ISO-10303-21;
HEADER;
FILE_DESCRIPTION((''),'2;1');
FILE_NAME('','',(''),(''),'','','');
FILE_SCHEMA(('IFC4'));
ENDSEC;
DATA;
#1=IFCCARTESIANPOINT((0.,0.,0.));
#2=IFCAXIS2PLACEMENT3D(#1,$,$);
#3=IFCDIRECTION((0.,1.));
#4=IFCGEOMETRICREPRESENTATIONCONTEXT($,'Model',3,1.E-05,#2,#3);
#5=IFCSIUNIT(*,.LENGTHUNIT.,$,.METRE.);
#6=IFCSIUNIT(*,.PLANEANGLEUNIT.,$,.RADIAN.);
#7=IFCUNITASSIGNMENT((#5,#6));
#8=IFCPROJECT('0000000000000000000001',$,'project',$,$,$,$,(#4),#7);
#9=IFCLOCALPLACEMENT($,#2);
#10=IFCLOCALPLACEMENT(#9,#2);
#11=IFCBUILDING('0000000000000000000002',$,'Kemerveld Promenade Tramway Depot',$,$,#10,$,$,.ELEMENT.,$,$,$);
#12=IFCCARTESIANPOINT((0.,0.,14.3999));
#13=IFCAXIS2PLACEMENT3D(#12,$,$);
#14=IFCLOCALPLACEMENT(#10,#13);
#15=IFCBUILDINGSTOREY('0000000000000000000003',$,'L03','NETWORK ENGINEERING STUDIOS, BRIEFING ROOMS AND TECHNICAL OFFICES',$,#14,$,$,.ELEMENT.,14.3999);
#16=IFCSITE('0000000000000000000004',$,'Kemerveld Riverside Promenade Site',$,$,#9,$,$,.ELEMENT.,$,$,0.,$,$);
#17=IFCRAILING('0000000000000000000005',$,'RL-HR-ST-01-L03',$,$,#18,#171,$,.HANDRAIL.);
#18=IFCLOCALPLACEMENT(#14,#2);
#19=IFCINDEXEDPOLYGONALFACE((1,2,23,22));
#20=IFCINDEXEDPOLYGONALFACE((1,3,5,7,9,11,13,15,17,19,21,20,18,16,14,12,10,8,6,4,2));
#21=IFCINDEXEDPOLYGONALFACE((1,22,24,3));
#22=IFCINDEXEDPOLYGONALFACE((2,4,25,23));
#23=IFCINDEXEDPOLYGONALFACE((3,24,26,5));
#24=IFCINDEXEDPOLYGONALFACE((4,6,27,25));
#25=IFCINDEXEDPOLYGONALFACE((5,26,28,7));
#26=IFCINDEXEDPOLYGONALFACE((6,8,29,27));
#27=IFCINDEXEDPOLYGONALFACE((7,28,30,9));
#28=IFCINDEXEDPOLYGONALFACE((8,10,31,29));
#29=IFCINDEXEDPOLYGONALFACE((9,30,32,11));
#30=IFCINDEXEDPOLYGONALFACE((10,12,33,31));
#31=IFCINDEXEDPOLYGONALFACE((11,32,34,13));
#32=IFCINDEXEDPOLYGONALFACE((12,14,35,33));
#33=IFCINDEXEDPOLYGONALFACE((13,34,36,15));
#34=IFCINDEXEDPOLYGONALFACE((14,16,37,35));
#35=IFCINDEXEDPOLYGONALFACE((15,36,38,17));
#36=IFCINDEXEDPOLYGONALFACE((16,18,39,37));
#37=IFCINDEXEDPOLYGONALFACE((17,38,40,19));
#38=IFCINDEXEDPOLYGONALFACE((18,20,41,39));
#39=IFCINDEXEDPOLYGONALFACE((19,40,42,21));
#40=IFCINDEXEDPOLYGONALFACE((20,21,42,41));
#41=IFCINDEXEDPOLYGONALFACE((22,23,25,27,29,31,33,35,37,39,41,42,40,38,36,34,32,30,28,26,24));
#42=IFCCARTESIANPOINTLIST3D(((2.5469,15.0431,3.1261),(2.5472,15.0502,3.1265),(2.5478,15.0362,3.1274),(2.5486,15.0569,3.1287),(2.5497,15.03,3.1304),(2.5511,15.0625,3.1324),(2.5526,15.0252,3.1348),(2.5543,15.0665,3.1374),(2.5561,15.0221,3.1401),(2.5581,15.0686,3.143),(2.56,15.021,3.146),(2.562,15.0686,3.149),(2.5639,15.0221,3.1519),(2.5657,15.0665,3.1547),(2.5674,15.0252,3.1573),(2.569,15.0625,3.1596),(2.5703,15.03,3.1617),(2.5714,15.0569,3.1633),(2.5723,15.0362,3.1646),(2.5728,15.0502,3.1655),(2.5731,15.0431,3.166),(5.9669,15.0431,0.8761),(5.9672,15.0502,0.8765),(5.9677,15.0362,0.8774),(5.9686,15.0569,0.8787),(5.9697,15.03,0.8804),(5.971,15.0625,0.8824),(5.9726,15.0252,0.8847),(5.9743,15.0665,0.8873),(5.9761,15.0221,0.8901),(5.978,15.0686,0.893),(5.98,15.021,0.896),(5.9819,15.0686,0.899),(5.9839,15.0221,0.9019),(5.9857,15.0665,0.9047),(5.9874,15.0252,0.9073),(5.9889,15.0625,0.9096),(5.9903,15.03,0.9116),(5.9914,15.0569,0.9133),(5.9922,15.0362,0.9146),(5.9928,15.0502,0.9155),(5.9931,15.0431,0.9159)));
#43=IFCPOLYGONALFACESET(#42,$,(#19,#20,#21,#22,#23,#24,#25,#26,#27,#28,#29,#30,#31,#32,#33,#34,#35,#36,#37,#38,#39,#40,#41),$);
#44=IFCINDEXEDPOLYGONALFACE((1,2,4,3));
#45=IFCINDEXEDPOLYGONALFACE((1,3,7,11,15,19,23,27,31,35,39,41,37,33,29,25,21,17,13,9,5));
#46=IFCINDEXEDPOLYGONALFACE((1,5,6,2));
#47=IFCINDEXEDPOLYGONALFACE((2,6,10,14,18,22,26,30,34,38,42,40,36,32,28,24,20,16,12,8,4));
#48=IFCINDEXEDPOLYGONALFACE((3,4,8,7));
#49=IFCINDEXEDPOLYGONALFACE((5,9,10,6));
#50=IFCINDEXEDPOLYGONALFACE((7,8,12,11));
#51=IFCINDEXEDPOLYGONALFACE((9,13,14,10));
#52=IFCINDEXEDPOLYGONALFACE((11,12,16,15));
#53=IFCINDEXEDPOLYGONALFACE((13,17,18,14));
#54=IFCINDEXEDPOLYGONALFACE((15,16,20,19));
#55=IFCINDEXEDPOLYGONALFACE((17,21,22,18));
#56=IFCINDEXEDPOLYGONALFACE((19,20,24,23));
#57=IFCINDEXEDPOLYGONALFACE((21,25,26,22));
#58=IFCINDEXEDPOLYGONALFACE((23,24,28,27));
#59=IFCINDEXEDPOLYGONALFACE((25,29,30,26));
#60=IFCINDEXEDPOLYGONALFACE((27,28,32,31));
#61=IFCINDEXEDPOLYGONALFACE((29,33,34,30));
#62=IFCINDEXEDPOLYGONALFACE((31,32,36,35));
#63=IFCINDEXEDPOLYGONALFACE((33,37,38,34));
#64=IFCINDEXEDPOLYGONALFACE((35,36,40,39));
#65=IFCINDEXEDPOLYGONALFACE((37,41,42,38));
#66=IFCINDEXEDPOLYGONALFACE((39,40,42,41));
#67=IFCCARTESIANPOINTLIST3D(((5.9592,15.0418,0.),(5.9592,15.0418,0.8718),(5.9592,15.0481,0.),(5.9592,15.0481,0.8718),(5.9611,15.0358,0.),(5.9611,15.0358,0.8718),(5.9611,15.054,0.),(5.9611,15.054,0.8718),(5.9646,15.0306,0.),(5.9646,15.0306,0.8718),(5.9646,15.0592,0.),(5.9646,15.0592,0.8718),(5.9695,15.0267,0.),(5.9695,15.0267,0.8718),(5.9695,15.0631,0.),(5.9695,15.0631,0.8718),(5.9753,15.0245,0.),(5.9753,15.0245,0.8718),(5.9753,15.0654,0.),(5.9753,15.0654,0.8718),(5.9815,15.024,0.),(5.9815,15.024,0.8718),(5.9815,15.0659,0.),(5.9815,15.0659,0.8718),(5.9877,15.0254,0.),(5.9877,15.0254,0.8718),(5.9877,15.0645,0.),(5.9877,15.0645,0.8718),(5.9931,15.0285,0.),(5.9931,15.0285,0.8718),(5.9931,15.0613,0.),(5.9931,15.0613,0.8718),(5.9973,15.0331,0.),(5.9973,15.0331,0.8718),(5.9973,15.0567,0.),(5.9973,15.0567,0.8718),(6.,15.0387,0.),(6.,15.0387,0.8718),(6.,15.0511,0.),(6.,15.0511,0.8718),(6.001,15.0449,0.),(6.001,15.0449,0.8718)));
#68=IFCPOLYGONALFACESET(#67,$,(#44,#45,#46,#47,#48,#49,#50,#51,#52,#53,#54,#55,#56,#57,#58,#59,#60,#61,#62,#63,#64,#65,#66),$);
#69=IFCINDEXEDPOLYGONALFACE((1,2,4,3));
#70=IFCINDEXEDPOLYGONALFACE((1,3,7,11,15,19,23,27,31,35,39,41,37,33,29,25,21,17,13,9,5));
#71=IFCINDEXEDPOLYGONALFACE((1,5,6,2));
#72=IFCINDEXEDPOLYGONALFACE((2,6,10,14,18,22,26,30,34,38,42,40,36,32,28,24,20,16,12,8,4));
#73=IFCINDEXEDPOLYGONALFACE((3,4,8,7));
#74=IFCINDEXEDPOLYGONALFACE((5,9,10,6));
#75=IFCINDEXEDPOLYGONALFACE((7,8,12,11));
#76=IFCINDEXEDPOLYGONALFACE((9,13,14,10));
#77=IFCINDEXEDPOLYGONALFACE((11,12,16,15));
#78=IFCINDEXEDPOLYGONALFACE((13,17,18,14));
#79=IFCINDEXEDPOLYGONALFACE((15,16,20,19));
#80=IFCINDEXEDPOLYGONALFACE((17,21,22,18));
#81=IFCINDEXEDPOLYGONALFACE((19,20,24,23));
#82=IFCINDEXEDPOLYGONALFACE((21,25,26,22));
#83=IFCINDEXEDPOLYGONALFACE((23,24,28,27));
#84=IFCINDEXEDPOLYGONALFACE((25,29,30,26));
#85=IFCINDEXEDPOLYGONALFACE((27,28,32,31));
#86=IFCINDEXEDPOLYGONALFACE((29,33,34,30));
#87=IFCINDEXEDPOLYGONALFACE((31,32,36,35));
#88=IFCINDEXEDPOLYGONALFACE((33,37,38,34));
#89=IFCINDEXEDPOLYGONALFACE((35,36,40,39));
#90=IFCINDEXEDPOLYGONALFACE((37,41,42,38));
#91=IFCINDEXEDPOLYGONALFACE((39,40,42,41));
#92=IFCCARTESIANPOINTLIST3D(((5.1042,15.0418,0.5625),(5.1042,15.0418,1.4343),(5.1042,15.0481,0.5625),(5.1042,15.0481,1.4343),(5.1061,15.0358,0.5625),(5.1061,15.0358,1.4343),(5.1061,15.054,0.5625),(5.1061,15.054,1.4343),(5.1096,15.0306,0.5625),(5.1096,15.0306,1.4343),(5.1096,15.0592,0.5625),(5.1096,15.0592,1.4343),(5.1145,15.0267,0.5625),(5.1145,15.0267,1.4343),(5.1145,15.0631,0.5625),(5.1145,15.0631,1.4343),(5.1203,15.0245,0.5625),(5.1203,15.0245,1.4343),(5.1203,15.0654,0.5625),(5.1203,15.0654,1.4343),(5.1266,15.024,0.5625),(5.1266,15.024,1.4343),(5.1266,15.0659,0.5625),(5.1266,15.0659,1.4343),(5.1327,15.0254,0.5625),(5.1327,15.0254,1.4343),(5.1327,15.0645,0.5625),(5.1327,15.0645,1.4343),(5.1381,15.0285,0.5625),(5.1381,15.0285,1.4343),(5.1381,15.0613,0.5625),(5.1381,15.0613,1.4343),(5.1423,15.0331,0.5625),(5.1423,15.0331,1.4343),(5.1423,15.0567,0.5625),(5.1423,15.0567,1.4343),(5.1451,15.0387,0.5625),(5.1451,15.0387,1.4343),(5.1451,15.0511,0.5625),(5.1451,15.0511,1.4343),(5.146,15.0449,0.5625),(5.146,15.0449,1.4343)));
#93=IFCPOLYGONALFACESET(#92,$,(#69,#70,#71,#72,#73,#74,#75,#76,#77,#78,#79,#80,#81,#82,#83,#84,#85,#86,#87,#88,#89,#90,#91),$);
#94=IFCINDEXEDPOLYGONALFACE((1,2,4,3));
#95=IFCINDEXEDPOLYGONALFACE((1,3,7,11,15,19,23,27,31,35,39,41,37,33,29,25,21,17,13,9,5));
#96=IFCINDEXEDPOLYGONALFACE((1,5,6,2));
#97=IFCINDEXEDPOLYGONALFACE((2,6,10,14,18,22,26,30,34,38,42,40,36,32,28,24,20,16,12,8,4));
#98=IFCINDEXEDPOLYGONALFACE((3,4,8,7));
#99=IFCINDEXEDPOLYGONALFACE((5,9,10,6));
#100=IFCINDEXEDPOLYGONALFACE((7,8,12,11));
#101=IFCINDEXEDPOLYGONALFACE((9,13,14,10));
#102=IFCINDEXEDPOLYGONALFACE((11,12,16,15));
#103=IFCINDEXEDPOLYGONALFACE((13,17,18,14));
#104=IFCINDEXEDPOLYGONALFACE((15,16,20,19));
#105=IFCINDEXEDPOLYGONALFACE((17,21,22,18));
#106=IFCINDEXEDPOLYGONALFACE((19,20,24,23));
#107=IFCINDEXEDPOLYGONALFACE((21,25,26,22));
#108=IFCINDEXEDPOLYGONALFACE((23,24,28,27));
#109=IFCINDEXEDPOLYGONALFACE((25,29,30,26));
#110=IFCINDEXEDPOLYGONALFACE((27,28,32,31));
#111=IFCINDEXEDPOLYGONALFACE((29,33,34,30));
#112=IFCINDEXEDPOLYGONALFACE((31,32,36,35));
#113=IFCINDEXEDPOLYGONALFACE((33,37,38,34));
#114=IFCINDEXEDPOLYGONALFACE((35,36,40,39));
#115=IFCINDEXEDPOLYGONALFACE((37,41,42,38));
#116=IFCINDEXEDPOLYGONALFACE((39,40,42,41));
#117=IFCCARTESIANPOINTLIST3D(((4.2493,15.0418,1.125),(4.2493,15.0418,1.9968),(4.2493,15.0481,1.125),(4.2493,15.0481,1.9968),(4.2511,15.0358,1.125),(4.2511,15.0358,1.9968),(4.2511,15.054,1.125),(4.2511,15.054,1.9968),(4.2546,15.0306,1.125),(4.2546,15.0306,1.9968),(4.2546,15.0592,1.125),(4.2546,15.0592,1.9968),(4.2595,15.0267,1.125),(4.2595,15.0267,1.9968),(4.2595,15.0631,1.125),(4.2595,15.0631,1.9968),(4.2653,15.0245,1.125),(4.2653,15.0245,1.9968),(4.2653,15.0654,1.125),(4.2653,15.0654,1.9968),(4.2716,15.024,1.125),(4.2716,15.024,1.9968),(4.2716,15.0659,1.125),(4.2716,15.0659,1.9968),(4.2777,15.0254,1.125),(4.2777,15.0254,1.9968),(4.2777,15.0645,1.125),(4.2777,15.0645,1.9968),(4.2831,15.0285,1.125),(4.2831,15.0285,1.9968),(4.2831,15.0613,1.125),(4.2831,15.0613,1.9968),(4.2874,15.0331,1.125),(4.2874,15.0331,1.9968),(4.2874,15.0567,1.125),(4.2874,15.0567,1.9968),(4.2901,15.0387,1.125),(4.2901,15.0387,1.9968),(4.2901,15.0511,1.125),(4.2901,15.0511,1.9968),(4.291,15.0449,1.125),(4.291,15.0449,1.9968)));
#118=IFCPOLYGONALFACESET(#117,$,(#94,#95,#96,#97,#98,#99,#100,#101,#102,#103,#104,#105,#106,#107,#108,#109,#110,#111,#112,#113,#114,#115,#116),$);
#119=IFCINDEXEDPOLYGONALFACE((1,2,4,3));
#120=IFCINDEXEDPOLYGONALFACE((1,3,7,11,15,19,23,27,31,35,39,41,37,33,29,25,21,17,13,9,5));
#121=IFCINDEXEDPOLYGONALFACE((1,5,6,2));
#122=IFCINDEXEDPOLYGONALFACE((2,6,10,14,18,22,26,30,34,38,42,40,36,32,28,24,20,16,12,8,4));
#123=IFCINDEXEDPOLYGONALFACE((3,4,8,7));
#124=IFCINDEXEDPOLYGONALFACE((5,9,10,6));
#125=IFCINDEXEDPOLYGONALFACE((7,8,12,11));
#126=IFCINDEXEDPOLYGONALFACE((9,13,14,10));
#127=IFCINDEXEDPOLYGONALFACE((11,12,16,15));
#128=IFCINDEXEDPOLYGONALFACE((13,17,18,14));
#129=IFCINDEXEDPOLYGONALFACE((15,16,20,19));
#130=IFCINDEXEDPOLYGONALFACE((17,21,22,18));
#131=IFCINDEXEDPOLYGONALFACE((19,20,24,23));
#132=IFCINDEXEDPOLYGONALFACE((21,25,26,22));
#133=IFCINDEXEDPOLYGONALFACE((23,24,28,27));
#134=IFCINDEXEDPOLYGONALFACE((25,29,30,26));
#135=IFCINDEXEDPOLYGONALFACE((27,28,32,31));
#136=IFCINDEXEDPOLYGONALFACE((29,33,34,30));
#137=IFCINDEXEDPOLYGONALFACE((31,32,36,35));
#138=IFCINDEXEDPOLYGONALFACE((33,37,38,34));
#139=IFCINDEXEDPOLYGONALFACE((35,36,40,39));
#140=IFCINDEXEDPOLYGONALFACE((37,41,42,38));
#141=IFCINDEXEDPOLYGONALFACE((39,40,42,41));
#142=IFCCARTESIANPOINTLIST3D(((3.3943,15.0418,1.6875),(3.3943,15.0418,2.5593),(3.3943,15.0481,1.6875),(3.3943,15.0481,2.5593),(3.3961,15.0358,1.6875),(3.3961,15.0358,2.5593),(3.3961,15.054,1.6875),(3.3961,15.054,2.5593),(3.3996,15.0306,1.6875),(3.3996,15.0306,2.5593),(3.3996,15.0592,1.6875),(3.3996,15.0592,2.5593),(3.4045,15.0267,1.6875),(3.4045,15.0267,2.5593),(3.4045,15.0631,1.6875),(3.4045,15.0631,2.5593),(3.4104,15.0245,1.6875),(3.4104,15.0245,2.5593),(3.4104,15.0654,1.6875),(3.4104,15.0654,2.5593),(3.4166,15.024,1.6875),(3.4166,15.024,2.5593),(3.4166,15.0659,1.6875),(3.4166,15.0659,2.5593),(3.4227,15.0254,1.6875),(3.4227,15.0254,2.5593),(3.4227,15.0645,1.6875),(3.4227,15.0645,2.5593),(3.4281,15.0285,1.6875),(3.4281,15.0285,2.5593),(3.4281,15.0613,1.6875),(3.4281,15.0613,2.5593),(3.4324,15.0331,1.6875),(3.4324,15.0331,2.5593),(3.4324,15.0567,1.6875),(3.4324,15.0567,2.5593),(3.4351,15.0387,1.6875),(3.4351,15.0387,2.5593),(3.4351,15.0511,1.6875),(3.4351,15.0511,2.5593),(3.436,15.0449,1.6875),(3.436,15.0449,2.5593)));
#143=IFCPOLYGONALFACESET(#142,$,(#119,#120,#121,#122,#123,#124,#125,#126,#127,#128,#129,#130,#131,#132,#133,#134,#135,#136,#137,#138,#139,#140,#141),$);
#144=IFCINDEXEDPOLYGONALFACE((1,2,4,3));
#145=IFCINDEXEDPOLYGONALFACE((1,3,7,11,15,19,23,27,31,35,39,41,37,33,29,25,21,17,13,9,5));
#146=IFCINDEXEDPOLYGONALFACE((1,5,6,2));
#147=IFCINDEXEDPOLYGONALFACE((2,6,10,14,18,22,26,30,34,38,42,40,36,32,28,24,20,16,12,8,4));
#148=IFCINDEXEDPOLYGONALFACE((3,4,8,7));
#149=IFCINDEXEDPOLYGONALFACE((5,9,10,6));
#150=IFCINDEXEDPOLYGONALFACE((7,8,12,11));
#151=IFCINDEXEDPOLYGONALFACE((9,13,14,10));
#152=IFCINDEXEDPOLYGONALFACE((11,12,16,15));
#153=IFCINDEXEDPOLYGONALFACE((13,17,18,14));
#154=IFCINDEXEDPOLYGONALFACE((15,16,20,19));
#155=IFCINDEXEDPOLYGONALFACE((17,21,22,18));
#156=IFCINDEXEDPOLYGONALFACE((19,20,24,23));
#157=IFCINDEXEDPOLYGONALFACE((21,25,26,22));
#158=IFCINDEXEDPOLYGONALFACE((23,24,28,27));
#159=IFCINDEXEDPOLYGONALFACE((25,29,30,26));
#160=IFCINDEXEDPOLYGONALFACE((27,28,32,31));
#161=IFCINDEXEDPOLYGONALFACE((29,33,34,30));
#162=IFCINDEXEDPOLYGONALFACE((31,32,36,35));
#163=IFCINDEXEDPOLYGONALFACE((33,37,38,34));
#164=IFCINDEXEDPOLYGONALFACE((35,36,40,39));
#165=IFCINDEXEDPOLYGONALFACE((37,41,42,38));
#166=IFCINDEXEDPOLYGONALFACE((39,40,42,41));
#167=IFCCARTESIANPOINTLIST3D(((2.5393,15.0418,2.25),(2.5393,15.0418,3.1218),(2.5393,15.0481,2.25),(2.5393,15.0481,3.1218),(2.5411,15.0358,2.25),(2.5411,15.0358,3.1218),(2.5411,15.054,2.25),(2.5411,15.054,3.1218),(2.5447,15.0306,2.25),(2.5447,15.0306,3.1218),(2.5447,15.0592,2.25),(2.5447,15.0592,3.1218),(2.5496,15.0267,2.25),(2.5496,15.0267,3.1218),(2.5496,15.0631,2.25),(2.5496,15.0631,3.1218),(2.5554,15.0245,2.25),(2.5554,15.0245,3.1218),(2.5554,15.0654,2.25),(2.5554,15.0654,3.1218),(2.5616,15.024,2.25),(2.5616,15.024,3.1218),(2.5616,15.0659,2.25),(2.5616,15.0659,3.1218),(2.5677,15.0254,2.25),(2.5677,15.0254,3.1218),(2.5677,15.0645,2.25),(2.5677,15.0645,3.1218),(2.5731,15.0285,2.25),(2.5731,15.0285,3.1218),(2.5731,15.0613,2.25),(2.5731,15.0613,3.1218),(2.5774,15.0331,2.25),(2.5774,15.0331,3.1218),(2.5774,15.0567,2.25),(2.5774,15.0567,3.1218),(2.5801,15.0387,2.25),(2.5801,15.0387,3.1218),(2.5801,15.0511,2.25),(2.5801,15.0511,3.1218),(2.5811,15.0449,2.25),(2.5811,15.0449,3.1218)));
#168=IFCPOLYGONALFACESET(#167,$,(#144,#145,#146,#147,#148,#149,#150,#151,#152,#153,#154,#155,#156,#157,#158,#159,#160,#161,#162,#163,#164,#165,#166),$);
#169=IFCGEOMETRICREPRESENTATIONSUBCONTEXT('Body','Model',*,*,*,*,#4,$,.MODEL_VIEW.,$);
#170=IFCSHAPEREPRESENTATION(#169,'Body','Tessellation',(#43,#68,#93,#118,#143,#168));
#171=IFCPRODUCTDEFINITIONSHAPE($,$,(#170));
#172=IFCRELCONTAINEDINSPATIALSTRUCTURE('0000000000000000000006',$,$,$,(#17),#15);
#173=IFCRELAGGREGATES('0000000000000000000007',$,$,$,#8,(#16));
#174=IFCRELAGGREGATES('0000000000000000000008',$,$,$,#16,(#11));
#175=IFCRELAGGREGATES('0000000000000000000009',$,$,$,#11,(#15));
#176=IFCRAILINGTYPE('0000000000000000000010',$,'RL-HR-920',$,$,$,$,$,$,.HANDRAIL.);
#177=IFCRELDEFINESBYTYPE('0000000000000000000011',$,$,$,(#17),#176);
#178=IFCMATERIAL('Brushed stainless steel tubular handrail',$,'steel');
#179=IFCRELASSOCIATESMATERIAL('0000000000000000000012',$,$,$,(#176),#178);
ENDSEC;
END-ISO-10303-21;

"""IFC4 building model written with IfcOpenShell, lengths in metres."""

from ifc_helpers import new_model, si_unit, direction, frame, origin, origin_2d, place, context, subcontext, project, spatial, circle, extrude, material, type_object, element, save


model = new_model("IFC4")

# Units and contexts
model_context = context("Model", 3, precision=1e-05, world=origin(), true_north=direction((0.0, 1.0)))
body_context = subcontext(model_context, "Body", "Model", "MODEL_VIEW")
ifc_project = project(units=[si_unit("LENGTHUNIT", "METRE"), si_unit("PLANEANGLEUNIT", "RADIAN")], contexts=[model_context])

# Site, building, storey
site_placement = place(None, origin())
site = spatial("IfcSite", under=ifc_project, at=site_placement, Name="Kemerveld Riverside Promenade Site", CompositionType="ELEMENT", RefElevation=0.0)
building_placement = place(site_placement, origin())
building = spatial("IfcBuilding", under=site, at=building_placement, Name="Kemerveld Promenade Tramway Depot", CompositionType="ELEMENT")
storey_placement = place(building_placement, frame((0.0, 0.0, 14.3999)))
storey = spatial("IfcBuildingStorey", under=building, at=storey_placement, Name="L03", Description="NETWORK ENGINEERING STUDIOS, BRIEFING ROOMS AND TECHNICAL OFFICES", CompositionType="ELEMENT", Elevation=14.3999)

# Railing
ifc_material_1 = material(Name="Brushed stainless steel tubular handrail", Category="steel")
railing_type_1 = type_object("IfcRailingType", Name="RL-HR-920", PredefinedType="HANDRAIL", material=ifc_material_1)
railing_1_placement = place(storey_placement, frame((5.98, 15.0449, 0.0)))
element("IfcRailing", 1, at=railing_1_placement, inside=storey, type_object=railing_type_1, Name="RL-HR-ST-01-L03", PredefinedType="HANDRAIL", context=body_context, shape_type="SweptSolid", body=[
    extrude(circle(Radius=0.0239, at=origin_2d()), frame((0.0, 0.0, 0.896), z_axis=(-0.835411, 0.0, 0.549625), x_axis=(0.0, -1.0, 0.0)), (0.0, 0.0, 1.0), 4.0938),
    extrude(circle(Radius=0.021, at=origin_2d()), origin(), (0.0, 0.0, 1.0), 0.8718),
    extrude(circle(Radius=0.021, at=origin_2d()), frame((-0.855, 0.0, 0.5625)), (0.0, 0.0, 1.0), 0.8718),
    extrude(circle(Radius=0.021, at=origin_2d()), frame((-1.71, 0.0, 1.125)), (0.0, 0.0, 1.0), 0.8718),
    extrude(circle(Radius=0.021, at=origin_2d()), frame((-2.5649, 0.0, 1.6875)), (0.0, 0.0, 1.0), 0.8718),
    extrude(circle(Radius=0.021, at=origin_2d()), frame((-3.4199, 0.0, 2.25)), (0.0, 0.0, 1.0), 0.8718),
])

save(model, "model.ifc")
